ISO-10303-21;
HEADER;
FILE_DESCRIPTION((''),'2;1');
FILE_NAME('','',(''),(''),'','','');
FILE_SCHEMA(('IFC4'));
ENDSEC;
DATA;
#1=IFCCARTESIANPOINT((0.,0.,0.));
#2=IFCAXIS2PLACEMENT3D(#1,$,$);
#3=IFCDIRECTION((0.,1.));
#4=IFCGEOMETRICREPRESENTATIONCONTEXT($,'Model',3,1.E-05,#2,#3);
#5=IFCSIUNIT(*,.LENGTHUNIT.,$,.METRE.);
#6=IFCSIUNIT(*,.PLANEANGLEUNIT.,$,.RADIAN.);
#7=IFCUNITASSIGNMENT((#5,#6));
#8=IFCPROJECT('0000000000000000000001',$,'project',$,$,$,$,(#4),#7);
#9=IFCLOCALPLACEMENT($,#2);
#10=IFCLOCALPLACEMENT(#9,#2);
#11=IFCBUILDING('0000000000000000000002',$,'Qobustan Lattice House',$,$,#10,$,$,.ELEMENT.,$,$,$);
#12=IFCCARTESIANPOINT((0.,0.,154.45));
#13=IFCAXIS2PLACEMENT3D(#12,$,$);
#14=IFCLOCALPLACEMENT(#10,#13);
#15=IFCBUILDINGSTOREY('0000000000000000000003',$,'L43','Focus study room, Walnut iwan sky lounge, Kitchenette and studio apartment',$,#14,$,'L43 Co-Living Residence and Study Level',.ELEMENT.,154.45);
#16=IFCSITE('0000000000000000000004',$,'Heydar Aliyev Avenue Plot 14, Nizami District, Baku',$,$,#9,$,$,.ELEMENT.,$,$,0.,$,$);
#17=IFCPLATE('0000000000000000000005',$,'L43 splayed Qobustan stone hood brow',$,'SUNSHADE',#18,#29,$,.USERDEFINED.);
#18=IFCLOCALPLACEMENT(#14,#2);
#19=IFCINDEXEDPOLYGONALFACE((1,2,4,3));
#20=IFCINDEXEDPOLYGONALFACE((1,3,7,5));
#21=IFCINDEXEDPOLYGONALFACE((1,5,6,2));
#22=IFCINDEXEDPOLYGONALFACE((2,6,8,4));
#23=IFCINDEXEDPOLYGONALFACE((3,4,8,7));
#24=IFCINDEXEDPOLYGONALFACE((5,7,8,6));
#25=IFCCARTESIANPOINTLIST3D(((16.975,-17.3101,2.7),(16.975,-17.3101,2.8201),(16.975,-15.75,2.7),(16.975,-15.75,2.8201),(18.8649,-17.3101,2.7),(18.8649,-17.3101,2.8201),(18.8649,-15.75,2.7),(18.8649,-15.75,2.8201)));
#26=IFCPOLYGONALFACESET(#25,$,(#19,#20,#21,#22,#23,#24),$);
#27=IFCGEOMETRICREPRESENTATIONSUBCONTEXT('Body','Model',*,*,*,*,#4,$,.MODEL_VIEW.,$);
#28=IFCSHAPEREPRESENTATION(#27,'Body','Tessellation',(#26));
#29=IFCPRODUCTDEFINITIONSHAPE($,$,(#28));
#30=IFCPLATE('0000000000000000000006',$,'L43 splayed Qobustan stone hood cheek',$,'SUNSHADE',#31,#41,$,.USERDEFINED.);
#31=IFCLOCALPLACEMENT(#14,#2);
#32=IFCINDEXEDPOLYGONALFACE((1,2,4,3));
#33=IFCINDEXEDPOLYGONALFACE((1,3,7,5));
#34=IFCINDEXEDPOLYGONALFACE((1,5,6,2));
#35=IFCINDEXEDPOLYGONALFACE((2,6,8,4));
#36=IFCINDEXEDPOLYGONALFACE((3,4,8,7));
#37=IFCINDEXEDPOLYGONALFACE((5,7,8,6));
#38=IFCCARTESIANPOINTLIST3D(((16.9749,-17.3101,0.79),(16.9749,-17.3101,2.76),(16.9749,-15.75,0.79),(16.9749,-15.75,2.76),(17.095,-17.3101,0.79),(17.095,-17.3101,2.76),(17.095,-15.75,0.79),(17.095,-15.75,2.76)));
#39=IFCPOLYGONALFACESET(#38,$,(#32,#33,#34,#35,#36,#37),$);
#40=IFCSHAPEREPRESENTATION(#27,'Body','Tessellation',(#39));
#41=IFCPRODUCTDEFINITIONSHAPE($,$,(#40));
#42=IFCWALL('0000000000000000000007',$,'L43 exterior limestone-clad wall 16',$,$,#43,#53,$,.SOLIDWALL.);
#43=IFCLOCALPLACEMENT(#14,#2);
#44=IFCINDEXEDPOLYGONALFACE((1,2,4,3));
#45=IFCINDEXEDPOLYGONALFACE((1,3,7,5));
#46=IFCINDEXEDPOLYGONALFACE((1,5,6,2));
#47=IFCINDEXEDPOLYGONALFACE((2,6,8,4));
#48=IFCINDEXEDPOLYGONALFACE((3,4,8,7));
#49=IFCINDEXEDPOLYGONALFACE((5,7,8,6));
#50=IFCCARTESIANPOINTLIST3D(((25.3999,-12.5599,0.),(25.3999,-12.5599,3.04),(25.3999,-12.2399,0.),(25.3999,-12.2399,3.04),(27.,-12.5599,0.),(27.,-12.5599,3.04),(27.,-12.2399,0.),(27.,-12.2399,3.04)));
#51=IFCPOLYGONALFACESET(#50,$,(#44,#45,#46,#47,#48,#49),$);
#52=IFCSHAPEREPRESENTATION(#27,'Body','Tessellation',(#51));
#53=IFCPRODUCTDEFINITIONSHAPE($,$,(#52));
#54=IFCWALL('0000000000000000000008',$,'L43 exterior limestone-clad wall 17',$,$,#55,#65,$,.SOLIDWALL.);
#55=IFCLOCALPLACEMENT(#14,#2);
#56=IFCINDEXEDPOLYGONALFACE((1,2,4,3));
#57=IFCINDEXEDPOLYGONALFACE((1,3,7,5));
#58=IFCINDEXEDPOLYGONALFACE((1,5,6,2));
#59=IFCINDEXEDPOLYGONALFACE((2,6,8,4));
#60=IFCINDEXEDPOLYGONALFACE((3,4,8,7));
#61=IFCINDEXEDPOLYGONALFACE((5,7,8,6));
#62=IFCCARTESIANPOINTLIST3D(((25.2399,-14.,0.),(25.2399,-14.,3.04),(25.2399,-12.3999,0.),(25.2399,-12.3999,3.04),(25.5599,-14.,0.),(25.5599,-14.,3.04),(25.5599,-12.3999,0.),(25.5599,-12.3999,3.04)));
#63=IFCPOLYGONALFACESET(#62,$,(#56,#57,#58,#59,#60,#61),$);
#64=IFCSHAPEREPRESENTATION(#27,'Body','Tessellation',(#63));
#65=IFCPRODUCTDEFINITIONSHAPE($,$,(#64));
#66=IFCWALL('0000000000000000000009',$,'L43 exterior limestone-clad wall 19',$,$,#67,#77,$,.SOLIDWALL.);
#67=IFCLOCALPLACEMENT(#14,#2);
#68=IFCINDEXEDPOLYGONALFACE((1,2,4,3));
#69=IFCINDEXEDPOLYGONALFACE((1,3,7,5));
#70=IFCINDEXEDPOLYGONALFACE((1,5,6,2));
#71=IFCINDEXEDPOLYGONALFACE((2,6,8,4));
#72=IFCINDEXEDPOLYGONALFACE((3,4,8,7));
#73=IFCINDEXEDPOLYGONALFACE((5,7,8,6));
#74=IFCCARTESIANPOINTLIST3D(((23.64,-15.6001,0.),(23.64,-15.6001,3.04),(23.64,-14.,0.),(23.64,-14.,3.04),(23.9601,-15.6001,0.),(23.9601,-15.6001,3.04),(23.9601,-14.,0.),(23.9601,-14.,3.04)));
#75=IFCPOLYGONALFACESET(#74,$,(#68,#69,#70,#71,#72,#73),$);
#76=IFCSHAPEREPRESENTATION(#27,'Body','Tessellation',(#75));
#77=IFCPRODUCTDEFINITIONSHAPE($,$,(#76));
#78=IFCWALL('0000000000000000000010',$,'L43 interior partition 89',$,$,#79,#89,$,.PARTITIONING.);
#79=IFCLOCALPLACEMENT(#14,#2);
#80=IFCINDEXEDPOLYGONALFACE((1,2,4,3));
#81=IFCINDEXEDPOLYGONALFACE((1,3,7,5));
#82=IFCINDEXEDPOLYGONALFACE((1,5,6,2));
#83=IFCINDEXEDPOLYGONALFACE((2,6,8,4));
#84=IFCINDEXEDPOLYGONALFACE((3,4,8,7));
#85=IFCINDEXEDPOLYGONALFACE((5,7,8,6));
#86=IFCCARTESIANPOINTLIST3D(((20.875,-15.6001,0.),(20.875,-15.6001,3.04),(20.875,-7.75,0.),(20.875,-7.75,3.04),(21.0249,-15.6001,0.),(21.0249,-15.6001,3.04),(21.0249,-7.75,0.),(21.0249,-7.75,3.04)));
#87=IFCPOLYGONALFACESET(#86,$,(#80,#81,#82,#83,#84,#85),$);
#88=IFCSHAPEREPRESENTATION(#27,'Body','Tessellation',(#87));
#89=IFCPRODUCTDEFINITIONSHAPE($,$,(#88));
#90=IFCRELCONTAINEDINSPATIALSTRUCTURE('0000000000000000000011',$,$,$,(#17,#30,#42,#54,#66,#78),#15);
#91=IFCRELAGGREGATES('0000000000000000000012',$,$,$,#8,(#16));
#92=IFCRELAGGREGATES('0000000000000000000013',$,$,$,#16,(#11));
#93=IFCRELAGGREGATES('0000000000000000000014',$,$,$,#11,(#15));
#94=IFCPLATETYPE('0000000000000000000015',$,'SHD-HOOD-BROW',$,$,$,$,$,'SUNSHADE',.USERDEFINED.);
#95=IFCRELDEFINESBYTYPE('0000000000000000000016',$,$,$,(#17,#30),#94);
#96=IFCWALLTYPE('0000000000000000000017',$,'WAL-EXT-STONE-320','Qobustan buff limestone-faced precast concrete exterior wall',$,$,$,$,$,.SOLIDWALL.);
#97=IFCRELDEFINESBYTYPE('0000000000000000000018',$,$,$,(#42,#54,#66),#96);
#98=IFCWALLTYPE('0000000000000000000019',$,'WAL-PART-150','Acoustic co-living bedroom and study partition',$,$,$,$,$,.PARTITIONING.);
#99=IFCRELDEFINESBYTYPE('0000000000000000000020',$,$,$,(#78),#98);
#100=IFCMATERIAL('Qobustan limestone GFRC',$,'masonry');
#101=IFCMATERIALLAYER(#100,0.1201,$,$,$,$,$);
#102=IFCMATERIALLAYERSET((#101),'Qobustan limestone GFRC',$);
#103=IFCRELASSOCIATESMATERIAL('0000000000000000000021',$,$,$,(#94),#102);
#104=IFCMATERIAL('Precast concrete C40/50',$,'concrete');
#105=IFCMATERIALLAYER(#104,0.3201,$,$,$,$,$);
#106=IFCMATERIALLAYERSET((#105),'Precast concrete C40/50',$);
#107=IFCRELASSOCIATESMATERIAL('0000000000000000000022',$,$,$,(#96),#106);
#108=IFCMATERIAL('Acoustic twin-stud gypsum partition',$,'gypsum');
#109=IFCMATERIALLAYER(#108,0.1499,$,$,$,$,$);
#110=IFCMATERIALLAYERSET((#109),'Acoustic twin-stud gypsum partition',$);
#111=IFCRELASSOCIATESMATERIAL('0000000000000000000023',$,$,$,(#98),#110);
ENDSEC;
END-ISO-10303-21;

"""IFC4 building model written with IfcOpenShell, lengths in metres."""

from ifc_helpers import new_model, si_unit, direction, frame, frame_2d, origin, origin_2d, place, context, subcontext, project, spatial, rectangle, extrude, material, layer, layer_set, type_object, element, save


model = new_model("IFC4")

# Units and contexts
model_context = context("Model", 3, precision=1e-05, world=origin(), true_north=direction((0.0, 1.0)))
body_context = subcontext(model_context, "Body", "Model", "MODEL_VIEW")
ifc_project = project(units=[si_unit("LENGTHUNIT", "METRE"), si_unit("PLANEANGLEUNIT", "RADIAN")], contexts=[model_context])

# Site, building, storey
site_placement = place(None, origin())
site = spatial("IfcSite", under=ifc_project, at=site_placement, Name="Heydar Aliyev Avenue Plot 14, Nizami District, Baku", CompositionType="ELEMENT", RefElevation=0.0)
building_placement = place(site_placement, origin())
building = spatial("IfcBuilding", under=site, at=building_placement, Name="Qobustan Lattice House", CompositionType="ELEMENT")
storey_placement = place(building_placement, frame((0.0, 0.0, 154.45)))
storey = spatial("IfcBuildingStorey", under=building, at=storey_placement, Name="L43", Description="Focus study room, Walnut iwan sky lounge, Kitchenette and studio apartment", LongName="L43 Co-Living Residence and Study Level", CompositionType="ELEMENT", Elevation=154.45)

# Plates
ifc_material_1 = material(Name="Qobustan limestone GFRC", Category="masonry")
ifc_layer_1 = layer(ifc_material_1, 0.1201)
ifc_layer_set_1 = layer_set([ifc_layer_1], Name="Qobustan limestone GFRC")
plate_type_1 = type_object("IfcPlateType", Name="SHD-HOOD-BROW", ElementType="SUNSHADE", PredefinedType="USERDEFINED", material=ifc_layer_set_1)
plate_1_placement = place(storey_placement, frame((17.9199, -16.53, 2.7), z_axis=(0.0, 0.0, 1.0), x_axis=(-1.0, 0.0, 0.0)))
element("IfcPlate", 1, at=plate_1_placement, inside=storey, type_object=plate_type_1, Name="L43 splayed Qobustan stone hood brow", ObjectType="SUNSHADE", PredefinedType="USERDEFINED", context=body_context, shape_type="SweptSolid", body=[
    extrude(rectangle(XDim=1.8899, YDim=1.5601, at=origin_2d()), origin(), (0.0, 0.0, 1.0), 0.1201),
])
plate_2_placement = place(storey_placement, frame((17.0349, -16.53, 0.79), z_axis=(0.0, 0.0, 1.0), x_axis=(-1.0, 0.0, 0.0)))
element("IfcPlate", 2, at=plate_2_placement, inside=storey, type_object=plate_type_1, Name="L43 splayed Qobustan stone hood cheek", ObjectType="SUNSHADE", PredefinedType="USERDEFINED", context=body_context, shape_type="SweptSolid", body=[
    extrude(rectangle(XDim=0.1201, YDim=1.5601, at=origin_2d()), origin(), (0.0, 0.0, 1.0), 1.97),
])

# Walls
ifc_material_2 = material(Name="Precast concrete C40/50", Category="concrete")
ifc_layer_2 = layer(ifc_material_2, 0.3201)
ifc_layer_set_2 = layer_set([ifc_layer_2], Name="Precast concrete C40/50")
wall_type_1 = type_object("IfcWallType", Name="WAL-EXT-STONE-320", Description="Qobustan buff limestone-faced precast concrete exterior wall", PredefinedType="SOLIDWALL", material=ifc_layer_set_2)
for number, where, z_axis, x_axis, name in (
    (3, (27.0, -12.3999, 0.0), (0.0, 0.0, 1.0), (-1.0, 0.0, 0.0), "L43 exterior limestone-clad wall 16"),
    (4, (25.3999, -12.3999, 0.0), (0.0, 0.0, 1.0), (0.0, -1.0, 0.0), "L43 exterior limestone-clad wall 17"),
    (5, (23.8, -14.0, 0.0), (0.0, 0.0, 1.0), (0.0, -1.0, 0.0), "L43 exterior limestone-clad wall 19"),
):
    element("IfcWall", number, at=place(storey_placement, frame(where, z_axis=z_axis, x_axis=x_axis)), inside=storey, type_object=wall_type_1, Name=name, PredefinedType="SOLIDWALL", context=body_context, shape_type="SweptSolid", body=[
        extrude(rectangle(XDim=1.6001, YDim=0.3201, at=frame_2d((0.8, 0.0))), origin(), (0.0, 0.0, 1.0), 3.04),
    ])

# Wall
ifc_material_3 = material(Name="Acoustic twin-stud gypsum partition", Category="gypsum")
ifc_layer_3 = layer(ifc_material_3, 0.1499)
ifc_layer_set_3 = layer_set([ifc_layer_3], Name="Acoustic twin-stud gypsum partition")
wall_type_2 = type_object("IfcWallType", Name="WAL-PART-150", Description="Acoustic co-living bedroom and study partition", PredefinedType="PARTITIONING", material=ifc_layer_set_3)
wall_1_placement = place(storey_placement, frame((20.95, -15.6001, 0.0), z_axis=(0.0, 0.0, 1.0), x_axis=(0.0, 1.0, 0.0)))
element("IfcWall", 6, at=wall_1_placement, inside=storey, type_object=wall_type_2, Name="L43 interior partition 89", PredefinedType="PARTITIONING", context=body_context, shape_type="SweptSolid", body=[
    extrude(rectangle(XDim=7.8501, YDim=0.1499, at=frame_2d((3.925, 0.0))), origin(), (0.0, 0.0, 1.0), 3.04),
])

save(model, "model.ifc")
